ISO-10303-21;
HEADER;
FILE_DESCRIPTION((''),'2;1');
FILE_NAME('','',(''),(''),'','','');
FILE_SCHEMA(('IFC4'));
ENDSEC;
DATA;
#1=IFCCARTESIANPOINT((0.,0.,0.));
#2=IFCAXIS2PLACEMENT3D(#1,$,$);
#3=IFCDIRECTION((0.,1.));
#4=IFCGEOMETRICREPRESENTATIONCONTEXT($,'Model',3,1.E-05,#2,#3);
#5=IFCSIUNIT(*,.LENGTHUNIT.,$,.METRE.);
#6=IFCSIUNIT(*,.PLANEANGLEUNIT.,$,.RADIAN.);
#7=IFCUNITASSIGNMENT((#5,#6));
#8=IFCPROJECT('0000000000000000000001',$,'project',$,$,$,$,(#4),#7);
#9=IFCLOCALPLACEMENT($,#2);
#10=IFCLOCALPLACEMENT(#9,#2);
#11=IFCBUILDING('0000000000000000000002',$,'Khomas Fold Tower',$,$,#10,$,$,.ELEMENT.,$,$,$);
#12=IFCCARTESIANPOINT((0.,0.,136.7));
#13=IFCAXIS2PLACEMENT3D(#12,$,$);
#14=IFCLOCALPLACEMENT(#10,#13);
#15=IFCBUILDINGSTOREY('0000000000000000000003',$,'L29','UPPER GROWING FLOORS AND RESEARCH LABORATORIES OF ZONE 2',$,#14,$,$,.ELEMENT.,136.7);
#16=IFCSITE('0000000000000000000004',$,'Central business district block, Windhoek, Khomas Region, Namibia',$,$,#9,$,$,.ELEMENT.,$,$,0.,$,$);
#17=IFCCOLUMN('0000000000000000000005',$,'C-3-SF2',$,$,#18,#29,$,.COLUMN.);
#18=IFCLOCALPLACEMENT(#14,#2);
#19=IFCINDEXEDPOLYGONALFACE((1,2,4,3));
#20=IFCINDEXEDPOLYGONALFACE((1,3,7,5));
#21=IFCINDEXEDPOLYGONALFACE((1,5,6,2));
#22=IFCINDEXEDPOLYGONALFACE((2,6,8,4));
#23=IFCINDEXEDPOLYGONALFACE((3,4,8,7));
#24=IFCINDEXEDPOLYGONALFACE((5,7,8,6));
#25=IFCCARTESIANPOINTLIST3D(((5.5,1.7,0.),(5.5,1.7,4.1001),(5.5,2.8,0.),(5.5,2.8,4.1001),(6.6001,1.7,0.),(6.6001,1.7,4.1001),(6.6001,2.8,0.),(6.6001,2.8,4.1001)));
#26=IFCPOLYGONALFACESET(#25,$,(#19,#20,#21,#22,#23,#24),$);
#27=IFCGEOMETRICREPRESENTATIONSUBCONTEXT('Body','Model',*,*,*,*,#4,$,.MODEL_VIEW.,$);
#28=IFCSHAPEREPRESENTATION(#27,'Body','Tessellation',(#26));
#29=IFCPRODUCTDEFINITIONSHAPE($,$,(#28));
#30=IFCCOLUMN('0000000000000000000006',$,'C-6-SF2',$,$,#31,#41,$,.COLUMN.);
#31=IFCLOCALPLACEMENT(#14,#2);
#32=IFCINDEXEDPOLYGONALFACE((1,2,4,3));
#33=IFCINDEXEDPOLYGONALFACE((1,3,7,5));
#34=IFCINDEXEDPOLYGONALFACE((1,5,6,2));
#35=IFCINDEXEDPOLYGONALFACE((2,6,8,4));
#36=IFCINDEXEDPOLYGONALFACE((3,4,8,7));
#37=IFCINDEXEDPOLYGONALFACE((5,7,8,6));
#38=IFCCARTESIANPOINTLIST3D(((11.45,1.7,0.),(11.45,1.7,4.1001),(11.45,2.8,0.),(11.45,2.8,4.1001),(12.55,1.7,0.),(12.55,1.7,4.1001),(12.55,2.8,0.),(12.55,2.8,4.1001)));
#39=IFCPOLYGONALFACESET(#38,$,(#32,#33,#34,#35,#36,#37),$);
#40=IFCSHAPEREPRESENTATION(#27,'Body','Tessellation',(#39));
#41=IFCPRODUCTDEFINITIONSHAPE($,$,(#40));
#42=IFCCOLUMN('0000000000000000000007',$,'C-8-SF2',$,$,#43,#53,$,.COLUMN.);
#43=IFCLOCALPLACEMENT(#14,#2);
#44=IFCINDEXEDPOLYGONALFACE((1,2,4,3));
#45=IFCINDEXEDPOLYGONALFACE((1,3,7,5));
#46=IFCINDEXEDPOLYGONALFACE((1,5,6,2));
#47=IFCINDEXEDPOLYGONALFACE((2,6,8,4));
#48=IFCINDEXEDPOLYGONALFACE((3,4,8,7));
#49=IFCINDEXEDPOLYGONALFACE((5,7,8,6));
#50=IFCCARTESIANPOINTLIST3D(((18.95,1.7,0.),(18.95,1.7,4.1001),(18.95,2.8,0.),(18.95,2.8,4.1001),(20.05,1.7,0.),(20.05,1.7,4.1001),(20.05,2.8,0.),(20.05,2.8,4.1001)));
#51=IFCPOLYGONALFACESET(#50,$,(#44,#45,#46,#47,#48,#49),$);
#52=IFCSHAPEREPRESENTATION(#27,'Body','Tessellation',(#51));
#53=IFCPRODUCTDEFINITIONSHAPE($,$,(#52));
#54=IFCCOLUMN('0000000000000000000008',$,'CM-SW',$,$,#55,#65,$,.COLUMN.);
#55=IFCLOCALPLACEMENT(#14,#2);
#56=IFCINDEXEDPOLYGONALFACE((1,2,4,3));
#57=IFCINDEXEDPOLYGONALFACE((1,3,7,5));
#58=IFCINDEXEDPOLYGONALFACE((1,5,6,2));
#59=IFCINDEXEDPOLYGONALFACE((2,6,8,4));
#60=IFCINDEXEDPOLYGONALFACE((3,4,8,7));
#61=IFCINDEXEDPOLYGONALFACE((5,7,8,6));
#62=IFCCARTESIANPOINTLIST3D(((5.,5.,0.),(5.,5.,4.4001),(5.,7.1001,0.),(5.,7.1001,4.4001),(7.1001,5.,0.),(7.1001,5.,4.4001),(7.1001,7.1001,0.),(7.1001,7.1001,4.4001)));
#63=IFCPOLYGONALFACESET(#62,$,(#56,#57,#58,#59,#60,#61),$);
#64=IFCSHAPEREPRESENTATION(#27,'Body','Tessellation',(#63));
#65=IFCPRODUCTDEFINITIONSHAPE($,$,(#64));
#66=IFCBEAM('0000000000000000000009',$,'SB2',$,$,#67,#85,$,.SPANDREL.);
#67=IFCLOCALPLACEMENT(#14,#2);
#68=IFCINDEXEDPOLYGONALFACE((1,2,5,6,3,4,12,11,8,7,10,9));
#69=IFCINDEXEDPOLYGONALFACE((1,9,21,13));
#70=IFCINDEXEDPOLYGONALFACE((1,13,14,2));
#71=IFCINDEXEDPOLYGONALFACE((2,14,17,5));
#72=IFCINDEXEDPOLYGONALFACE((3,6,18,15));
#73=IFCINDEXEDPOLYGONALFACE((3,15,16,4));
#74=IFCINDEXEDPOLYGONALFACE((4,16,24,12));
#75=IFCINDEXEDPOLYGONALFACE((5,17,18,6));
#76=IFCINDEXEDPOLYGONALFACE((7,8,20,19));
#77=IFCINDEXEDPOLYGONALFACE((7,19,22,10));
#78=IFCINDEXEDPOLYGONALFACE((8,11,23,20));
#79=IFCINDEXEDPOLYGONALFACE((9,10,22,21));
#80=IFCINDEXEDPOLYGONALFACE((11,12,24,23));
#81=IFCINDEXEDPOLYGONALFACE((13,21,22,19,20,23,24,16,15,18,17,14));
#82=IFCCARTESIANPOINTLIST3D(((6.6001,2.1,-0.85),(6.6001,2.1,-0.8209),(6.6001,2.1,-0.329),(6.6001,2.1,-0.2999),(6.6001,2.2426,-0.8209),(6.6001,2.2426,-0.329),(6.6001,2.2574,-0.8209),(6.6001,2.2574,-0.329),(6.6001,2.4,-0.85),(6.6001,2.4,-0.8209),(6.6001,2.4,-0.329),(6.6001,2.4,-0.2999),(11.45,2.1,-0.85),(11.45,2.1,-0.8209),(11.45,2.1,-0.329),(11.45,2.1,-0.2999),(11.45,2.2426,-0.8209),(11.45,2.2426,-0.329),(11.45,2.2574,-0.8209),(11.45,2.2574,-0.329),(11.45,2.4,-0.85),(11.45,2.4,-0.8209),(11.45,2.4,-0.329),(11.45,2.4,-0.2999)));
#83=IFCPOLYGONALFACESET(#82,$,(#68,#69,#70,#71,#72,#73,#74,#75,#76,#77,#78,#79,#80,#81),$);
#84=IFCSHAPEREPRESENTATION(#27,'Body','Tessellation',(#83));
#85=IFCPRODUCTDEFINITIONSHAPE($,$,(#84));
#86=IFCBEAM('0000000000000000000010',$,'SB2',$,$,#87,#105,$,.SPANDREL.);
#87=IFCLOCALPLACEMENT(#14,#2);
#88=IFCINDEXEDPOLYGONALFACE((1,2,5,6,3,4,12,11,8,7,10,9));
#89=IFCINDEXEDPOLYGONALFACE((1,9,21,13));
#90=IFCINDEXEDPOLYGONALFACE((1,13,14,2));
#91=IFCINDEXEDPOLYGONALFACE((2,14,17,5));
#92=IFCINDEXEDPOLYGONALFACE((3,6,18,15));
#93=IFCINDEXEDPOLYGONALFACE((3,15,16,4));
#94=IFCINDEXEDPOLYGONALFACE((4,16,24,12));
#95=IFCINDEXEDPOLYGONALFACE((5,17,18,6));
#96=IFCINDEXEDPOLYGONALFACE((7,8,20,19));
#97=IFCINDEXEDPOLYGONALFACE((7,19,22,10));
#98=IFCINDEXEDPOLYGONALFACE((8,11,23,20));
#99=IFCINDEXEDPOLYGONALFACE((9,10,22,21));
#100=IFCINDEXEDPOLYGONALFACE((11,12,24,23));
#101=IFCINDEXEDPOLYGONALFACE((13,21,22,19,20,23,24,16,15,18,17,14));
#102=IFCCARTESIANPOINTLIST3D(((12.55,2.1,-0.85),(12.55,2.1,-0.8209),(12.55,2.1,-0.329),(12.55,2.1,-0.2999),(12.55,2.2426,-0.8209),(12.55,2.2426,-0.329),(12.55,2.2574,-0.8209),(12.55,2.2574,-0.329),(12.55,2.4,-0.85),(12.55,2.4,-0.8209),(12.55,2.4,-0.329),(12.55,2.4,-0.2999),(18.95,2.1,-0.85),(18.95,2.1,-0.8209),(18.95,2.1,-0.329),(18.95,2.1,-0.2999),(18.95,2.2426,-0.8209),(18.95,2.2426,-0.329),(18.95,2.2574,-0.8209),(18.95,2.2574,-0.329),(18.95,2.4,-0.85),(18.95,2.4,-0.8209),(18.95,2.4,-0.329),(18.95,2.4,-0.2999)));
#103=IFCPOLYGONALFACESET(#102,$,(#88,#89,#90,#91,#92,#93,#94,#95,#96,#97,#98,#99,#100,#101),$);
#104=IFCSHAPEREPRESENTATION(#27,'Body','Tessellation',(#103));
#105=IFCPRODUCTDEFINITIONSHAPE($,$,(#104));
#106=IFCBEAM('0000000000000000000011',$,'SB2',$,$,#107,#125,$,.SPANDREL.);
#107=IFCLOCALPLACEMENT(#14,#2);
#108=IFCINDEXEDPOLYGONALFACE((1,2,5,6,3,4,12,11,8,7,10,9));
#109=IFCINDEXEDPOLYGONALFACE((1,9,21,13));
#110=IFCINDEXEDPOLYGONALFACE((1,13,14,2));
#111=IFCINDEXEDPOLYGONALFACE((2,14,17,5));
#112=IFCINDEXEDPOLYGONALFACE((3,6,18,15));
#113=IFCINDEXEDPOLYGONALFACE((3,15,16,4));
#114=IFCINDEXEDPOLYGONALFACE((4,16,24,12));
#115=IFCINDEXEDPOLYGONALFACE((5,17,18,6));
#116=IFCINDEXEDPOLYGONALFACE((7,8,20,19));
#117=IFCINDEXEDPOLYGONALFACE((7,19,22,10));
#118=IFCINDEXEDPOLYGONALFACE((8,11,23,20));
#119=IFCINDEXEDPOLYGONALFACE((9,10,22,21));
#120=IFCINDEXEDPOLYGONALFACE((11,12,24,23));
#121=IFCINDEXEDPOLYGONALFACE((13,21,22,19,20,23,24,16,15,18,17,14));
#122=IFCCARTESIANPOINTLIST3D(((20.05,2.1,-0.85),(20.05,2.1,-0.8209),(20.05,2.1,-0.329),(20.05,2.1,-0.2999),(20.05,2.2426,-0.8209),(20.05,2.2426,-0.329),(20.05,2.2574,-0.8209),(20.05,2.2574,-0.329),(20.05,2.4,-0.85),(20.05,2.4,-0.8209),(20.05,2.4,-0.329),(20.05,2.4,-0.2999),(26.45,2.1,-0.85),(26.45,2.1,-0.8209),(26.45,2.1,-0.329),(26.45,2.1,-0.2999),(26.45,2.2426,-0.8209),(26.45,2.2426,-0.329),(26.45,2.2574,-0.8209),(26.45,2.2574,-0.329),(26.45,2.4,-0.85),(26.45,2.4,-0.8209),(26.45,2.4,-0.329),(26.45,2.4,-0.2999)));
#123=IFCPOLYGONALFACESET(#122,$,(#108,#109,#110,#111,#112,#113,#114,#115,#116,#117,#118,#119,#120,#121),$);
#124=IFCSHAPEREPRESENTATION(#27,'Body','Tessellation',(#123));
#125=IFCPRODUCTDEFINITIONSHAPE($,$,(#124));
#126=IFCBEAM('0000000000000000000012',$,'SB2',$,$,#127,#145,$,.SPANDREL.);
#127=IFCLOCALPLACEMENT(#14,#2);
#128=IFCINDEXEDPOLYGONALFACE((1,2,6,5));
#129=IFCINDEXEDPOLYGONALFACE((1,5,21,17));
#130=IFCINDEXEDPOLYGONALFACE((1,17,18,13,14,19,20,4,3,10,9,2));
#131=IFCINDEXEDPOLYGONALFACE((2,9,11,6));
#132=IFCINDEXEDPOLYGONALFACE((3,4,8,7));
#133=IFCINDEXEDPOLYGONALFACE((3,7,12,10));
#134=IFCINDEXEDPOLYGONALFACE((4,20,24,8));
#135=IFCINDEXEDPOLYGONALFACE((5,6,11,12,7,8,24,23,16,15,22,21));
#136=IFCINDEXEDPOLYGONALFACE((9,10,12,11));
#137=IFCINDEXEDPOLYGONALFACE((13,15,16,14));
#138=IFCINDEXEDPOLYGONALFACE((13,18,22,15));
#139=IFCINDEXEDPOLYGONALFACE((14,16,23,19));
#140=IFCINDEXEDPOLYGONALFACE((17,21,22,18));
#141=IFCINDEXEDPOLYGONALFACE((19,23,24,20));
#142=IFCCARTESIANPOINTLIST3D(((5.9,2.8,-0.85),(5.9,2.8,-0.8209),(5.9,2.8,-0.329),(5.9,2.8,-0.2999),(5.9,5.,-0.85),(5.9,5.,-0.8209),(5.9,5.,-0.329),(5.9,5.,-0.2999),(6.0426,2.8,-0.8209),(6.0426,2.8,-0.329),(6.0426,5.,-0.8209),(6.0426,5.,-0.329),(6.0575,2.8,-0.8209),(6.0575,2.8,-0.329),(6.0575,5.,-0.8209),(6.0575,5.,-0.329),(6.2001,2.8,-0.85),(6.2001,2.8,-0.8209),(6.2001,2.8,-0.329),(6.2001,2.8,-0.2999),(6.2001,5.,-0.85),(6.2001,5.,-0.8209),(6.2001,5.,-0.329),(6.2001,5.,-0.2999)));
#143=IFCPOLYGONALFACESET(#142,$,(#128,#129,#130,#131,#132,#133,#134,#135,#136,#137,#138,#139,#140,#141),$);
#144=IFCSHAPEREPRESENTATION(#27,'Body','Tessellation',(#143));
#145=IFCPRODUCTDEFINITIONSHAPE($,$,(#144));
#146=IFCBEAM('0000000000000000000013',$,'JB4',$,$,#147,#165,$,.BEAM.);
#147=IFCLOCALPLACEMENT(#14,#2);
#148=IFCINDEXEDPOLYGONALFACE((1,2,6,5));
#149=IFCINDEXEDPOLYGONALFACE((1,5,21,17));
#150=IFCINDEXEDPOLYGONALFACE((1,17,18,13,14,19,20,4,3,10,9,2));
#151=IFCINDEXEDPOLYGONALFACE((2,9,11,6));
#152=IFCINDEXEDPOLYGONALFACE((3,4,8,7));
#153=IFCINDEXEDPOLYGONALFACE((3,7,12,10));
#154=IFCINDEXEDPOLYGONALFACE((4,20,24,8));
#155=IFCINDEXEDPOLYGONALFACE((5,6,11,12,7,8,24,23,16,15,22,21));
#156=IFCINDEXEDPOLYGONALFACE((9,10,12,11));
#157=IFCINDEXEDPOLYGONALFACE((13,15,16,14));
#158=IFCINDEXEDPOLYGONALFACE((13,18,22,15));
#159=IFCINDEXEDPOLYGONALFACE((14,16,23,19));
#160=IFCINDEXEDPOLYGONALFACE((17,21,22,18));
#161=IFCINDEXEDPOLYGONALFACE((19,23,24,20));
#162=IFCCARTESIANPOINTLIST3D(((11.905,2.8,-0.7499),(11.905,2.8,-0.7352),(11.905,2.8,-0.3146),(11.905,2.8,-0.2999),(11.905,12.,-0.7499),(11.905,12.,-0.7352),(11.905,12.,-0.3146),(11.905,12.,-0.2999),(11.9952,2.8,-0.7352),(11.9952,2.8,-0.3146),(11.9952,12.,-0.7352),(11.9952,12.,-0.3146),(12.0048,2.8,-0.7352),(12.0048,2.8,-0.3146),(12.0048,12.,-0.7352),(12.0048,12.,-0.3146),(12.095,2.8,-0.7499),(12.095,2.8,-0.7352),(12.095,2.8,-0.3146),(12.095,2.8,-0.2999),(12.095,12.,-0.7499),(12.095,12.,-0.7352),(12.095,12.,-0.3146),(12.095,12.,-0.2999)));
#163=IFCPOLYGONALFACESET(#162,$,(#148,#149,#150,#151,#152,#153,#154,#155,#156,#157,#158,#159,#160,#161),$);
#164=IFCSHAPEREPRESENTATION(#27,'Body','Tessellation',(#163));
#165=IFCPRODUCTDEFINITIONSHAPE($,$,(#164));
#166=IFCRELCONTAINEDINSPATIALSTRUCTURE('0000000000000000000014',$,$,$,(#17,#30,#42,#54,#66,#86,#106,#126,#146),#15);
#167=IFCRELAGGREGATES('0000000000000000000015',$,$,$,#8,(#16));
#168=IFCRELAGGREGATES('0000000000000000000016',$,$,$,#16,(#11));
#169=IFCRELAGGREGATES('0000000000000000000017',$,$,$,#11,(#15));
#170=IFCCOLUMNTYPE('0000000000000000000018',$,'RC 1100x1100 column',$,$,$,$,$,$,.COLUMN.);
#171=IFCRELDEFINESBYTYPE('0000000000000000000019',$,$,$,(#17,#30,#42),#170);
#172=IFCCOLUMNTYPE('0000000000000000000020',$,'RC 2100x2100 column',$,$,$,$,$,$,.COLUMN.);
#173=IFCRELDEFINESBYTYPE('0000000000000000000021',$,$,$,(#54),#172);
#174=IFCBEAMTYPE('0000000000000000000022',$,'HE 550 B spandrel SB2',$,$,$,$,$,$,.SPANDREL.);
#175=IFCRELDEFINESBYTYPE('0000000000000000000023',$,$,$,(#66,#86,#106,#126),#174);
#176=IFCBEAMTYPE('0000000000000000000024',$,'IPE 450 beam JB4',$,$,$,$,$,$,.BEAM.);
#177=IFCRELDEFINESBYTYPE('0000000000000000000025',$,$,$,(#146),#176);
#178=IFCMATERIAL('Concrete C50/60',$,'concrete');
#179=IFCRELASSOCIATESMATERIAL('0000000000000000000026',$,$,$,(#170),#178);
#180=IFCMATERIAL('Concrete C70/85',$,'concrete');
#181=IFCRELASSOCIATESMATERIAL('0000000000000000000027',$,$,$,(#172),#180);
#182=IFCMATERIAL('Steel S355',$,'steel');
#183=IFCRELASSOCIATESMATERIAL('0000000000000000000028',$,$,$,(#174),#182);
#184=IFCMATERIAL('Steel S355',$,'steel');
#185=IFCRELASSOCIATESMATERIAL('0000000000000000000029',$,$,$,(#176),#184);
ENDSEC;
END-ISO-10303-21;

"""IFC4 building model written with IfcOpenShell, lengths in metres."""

from ifc_helpers import new_model, si_unit, direction, frame, origin, origin_2d, place, context, subcontext, project, spatial, rectangle, i_section, extrude, source, transform, mapped, material, material_profile, profile_set, type_object, element, save


model = new_model("IFC4")

# Units and contexts
model_context = context("Model", 3, precision=1e-05, world=origin(), true_north=direction((0.0, 1.0)))
body_context = subcontext(model_context, "Body", "Model", "MODEL_VIEW")
ifc_project = project(units=[si_unit("LENGTHUNIT", "METRE"), si_unit("PLANEANGLEUNIT", "RADIAN")], contexts=[model_context])

# Site, building, storey
site_placement = place(None, origin())
site = spatial("IfcSite", under=ifc_project, at=site_placement, Name="Central business district block, Windhoek, Khomas Region, Namibia", CompositionType="ELEMENT", RefElevation=0.0)
building_placement = place(site_placement, origin())
building = spatial("IfcBuilding", under=site, at=building_placement, Name="Khomas Fold Tower", CompositionType="ELEMENT")
storey_placement = place(building_placement, frame((0.0, 0.0, 136.7)))
storey = spatial("IfcBuildingStorey", under=building, at=storey_placement, Name="L29", Description="UPPER GROWING FLOORS AND RESEARCH LABORATORIES OF ZONE 2", CompositionType="ELEMENT", Elevation=136.7)

# Columns
ifc_material_1 = material(Name="Concrete C50/60", Category="concrete")
ifc_material_profile_1 = material_profile(ifc_material_1, rectangle(XDim=1.1001, YDim=1.1001, at=origin_2d()), Name="RC 1100x1100")
ifc_profile_set_1 = profile_set([ifc_material_profile_1], Name="Concrete C50/60")
column_type_1 = type_object("IfcColumnType", Name="RC 1100x1100 column", PredefinedType="COLUMN", material=ifc_profile_set_1)
shared_shape_1 = source(origin(), body_context, "Body", "SweptSolid", [
    extrude(rectangle(XDim=1.1001, YDim=1.1001, at=origin_2d()), origin(), (0.0, 0.0, 1.0), 4.1001),
])
for number, where, z_axis, x_axis, name in (
    (1, (6.05, 2.25, 0.0), (0.0, 0.0, 1.0), (1.0, 0.0, 0.0), "C-3-SF2"),
    (2, (12.0, 2.25, 0.0), (0.0, 0.0, 1.0), (1.0, 0.0, 0.0), "C-6-SF2"),
    (3, (19.5, 2.25, 0.0), (0.0, 0.0, 1.0), (1.0, 0.0, 0.0), "C-8-SF2"),
):
    element("IfcColumn", number, at=place(storey_placement, frame(where, z_axis=z_axis, x_axis=x_axis)), inside=storey, type_object=column_type_1, Name=name, PredefinedType="COLUMN", context=body_context, shape_type="MappedRepresentation", body=[
        mapped(shared_shape_1, transform((0.0, 0.0, 0.0))),
    ])
ifc_material_2 = material(Name="Concrete C70/85", Category="concrete")
ifc_material_profile_2 = material_profile(ifc_material_2, rectangle(XDim=2.1001, YDim=2.1001, at=origin_2d()), Name="RC 2100x2100")
ifc_profile_set_2 = profile_set([ifc_material_profile_2], Name="Concrete C70/85")
column_type_2 = type_object("IfcColumnType", Name="RC 2100x2100 column", PredefinedType="COLUMN", material=ifc_profile_set_2)
shared_shape_2 = source(origin(), body_context, "Body", "SweptSolid", [
    extrude(rectangle(XDim=2.1001, YDim=2.1001, at=origin_2d()), origin(), (0.0, 0.0, 1.0), 4.4001),
])
column_placement = place(storey_placement, frame((6.05, 6.05, 0.0), z_axis=(0.0, 0.0, 1.0), x_axis=(1.0, 0.0, 0.0)))
element("IfcColumn", 4, at=column_placement, inside=storey, type_object=column_type_2, Name="CM-SW", PredefinedType="COLUMN", context=body_context, shape_type="MappedRepresentation", body=[
    mapped(shared_shape_2, transform((0.0, 0.0, 0.0))),
])

# Beams
ifc_material_3 = material(Name="Steel S355", Category="steel")
ifc_material_profile_3 = material_profile(ifc_material_3, i_section(OverallWidth=0.3, OverallDepth=0.55, WebThickness=0.0149, FlangeThickness=0.0291, at=origin_2d()), Name="HE 550 B")
ifc_profile_set_3 = profile_set([ifc_material_profile_3], Name="Steel S355")
beam_type_1 = type_object("IfcBeamType", Name="HE 550 B spandrel SB2", PredefinedType="SPANDREL", material=ifc_profile_set_3)
shared_shape_3 = source(origin(), body_context, "Body", "SweptSolid", [
    extrude(i_section(OverallWidth=0.3, OverallDepth=0.55, WebThickness=0.0149, FlangeThickness=0.0291, at=origin_2d()), origin(), (0.0, 0.0, 1.0), 4.8499),
])
beam_1_placement = place(storey_placement, frame((6.6001, 2.25, -0.575), z_axis=(1.0, 0.0, 0.0), x_axis=(0.0, 1.0, 0.0)))
element("IfcBeam", 5, at=beam_1_placement, inside=storey, type_object=beam_type_1, Name="SB2", PredefinedType="SPANDREL", context=body_context, shape_type="MappedRepresentation", body=[
    mapped(shared_shape_3, transform((0.0, 0.0, 0.0))),
])
shared_shape_4 = source(origin(), body_context, "Body", "SweptSolid", [
    extrude(i_section(OverallWidth=0.3, OverallDepth=0.55, WebThickness=0.0149, FlangeThickness=0.0291, at=origin_2d()), origin(), (0.0, 0.0, 1.0), 6.3999),
])
for number, where, z_axis, x_axis, name in (
    (6, (12.55, 2.25, -0.575), (1.0, 0.0, 0.0), (0.0, 1.0, 0.0), "SB2"),
    (7, (20.05, 2.25, -0.575), (1.0, 0.0, 0.0), (0.0, 1.0, 0.0), "SB2"),
):
    element("IfcBeam", number, at=place(storey_placement, frame(where, z_axis=z_axis, x_axis=x_axis)), inside=storey, type_object=beam_type_1, Name=name, PredefinedType="SPANDREL", context=body_context, shape_type="MappedRepresentation", body=[
        mapped(shared_shape_4, transform((0.0, 0.0, 0.0))),
    ])
shared_shape_5 = source(origin(), body_context, "Body", "SweptSolid", [
    extrude(i_section(OverallWidth=0.3, OverallDepth=0.55, WebThickness=0.0149, FlangeThickness=0.0291, at=origin_2d()), origin(), (0.0, 0.0, 1.0), 2.2),
])
beam_2_placement = place(storey_placement, frame((6.05, 2.8, -0.575), z_axis=(0.0, 1.0, 0.0), x_axis=(-1.0, 0.0, 0.0)))
element("IfcBeam", 8, at=beam_2_placement, inside=storey, type_object=beam_type_1, Name="SB2", PredefinedType="SPANDREL", context=body_context, shape_type="MappedRepresentation", body=[
    mapped(shared_shape_5, transform((0.0, 0.0, 0.0))),
])
ifc_material_4 = material(Name="Steel S355", Category="steel")
ifc_material_profile_4 = material_profile(ifc_material_4, i_section(OverallWidth=0.1899, OverallDepth=0.45, WebThickness=0.0095, FlangeThickness=0.0146, at=origin_2d()), Name="IPE 450")
ifc_profile_set_4 = profile_set([ifc_material_profile_4], Name="Steel S355")
beam_type_2 = type_object("IfcBeamType", Name="IPE 450 beam JB4", PredefinedType="BEAM", material=ifc_profile_set_4)
shared_shape_6 = source(origin(), body_context, "Body", "SweptSolid", [
    extrude(i_section(OverallWidth=0.1899, OverallDepth=0.45, WebThickness=0.0095, FlangeThickness=0.0146, at=origin_2d()), origin(), (0.0, 0.0, 1.0), 9.2),
])
beam_3_placement = place(storey_placement, frame((12.0, 2.8, -0.5249), z_axis=(0.0, 1.0, 0.0), x_axis=(-1.0, 0.0, 0.0)))
element("IfcBeam", 9, at=beam_3_placement, inside=storey, type_object=beam_type_2, Name="JB4", PredefinedType="BEAM", context=body_context, shape_type="MappedRepresentation", body=[
    mapped(shared_shape_6, transform((0.0, 0.0, 0.0))),
])

save(model, "model.ifc")
